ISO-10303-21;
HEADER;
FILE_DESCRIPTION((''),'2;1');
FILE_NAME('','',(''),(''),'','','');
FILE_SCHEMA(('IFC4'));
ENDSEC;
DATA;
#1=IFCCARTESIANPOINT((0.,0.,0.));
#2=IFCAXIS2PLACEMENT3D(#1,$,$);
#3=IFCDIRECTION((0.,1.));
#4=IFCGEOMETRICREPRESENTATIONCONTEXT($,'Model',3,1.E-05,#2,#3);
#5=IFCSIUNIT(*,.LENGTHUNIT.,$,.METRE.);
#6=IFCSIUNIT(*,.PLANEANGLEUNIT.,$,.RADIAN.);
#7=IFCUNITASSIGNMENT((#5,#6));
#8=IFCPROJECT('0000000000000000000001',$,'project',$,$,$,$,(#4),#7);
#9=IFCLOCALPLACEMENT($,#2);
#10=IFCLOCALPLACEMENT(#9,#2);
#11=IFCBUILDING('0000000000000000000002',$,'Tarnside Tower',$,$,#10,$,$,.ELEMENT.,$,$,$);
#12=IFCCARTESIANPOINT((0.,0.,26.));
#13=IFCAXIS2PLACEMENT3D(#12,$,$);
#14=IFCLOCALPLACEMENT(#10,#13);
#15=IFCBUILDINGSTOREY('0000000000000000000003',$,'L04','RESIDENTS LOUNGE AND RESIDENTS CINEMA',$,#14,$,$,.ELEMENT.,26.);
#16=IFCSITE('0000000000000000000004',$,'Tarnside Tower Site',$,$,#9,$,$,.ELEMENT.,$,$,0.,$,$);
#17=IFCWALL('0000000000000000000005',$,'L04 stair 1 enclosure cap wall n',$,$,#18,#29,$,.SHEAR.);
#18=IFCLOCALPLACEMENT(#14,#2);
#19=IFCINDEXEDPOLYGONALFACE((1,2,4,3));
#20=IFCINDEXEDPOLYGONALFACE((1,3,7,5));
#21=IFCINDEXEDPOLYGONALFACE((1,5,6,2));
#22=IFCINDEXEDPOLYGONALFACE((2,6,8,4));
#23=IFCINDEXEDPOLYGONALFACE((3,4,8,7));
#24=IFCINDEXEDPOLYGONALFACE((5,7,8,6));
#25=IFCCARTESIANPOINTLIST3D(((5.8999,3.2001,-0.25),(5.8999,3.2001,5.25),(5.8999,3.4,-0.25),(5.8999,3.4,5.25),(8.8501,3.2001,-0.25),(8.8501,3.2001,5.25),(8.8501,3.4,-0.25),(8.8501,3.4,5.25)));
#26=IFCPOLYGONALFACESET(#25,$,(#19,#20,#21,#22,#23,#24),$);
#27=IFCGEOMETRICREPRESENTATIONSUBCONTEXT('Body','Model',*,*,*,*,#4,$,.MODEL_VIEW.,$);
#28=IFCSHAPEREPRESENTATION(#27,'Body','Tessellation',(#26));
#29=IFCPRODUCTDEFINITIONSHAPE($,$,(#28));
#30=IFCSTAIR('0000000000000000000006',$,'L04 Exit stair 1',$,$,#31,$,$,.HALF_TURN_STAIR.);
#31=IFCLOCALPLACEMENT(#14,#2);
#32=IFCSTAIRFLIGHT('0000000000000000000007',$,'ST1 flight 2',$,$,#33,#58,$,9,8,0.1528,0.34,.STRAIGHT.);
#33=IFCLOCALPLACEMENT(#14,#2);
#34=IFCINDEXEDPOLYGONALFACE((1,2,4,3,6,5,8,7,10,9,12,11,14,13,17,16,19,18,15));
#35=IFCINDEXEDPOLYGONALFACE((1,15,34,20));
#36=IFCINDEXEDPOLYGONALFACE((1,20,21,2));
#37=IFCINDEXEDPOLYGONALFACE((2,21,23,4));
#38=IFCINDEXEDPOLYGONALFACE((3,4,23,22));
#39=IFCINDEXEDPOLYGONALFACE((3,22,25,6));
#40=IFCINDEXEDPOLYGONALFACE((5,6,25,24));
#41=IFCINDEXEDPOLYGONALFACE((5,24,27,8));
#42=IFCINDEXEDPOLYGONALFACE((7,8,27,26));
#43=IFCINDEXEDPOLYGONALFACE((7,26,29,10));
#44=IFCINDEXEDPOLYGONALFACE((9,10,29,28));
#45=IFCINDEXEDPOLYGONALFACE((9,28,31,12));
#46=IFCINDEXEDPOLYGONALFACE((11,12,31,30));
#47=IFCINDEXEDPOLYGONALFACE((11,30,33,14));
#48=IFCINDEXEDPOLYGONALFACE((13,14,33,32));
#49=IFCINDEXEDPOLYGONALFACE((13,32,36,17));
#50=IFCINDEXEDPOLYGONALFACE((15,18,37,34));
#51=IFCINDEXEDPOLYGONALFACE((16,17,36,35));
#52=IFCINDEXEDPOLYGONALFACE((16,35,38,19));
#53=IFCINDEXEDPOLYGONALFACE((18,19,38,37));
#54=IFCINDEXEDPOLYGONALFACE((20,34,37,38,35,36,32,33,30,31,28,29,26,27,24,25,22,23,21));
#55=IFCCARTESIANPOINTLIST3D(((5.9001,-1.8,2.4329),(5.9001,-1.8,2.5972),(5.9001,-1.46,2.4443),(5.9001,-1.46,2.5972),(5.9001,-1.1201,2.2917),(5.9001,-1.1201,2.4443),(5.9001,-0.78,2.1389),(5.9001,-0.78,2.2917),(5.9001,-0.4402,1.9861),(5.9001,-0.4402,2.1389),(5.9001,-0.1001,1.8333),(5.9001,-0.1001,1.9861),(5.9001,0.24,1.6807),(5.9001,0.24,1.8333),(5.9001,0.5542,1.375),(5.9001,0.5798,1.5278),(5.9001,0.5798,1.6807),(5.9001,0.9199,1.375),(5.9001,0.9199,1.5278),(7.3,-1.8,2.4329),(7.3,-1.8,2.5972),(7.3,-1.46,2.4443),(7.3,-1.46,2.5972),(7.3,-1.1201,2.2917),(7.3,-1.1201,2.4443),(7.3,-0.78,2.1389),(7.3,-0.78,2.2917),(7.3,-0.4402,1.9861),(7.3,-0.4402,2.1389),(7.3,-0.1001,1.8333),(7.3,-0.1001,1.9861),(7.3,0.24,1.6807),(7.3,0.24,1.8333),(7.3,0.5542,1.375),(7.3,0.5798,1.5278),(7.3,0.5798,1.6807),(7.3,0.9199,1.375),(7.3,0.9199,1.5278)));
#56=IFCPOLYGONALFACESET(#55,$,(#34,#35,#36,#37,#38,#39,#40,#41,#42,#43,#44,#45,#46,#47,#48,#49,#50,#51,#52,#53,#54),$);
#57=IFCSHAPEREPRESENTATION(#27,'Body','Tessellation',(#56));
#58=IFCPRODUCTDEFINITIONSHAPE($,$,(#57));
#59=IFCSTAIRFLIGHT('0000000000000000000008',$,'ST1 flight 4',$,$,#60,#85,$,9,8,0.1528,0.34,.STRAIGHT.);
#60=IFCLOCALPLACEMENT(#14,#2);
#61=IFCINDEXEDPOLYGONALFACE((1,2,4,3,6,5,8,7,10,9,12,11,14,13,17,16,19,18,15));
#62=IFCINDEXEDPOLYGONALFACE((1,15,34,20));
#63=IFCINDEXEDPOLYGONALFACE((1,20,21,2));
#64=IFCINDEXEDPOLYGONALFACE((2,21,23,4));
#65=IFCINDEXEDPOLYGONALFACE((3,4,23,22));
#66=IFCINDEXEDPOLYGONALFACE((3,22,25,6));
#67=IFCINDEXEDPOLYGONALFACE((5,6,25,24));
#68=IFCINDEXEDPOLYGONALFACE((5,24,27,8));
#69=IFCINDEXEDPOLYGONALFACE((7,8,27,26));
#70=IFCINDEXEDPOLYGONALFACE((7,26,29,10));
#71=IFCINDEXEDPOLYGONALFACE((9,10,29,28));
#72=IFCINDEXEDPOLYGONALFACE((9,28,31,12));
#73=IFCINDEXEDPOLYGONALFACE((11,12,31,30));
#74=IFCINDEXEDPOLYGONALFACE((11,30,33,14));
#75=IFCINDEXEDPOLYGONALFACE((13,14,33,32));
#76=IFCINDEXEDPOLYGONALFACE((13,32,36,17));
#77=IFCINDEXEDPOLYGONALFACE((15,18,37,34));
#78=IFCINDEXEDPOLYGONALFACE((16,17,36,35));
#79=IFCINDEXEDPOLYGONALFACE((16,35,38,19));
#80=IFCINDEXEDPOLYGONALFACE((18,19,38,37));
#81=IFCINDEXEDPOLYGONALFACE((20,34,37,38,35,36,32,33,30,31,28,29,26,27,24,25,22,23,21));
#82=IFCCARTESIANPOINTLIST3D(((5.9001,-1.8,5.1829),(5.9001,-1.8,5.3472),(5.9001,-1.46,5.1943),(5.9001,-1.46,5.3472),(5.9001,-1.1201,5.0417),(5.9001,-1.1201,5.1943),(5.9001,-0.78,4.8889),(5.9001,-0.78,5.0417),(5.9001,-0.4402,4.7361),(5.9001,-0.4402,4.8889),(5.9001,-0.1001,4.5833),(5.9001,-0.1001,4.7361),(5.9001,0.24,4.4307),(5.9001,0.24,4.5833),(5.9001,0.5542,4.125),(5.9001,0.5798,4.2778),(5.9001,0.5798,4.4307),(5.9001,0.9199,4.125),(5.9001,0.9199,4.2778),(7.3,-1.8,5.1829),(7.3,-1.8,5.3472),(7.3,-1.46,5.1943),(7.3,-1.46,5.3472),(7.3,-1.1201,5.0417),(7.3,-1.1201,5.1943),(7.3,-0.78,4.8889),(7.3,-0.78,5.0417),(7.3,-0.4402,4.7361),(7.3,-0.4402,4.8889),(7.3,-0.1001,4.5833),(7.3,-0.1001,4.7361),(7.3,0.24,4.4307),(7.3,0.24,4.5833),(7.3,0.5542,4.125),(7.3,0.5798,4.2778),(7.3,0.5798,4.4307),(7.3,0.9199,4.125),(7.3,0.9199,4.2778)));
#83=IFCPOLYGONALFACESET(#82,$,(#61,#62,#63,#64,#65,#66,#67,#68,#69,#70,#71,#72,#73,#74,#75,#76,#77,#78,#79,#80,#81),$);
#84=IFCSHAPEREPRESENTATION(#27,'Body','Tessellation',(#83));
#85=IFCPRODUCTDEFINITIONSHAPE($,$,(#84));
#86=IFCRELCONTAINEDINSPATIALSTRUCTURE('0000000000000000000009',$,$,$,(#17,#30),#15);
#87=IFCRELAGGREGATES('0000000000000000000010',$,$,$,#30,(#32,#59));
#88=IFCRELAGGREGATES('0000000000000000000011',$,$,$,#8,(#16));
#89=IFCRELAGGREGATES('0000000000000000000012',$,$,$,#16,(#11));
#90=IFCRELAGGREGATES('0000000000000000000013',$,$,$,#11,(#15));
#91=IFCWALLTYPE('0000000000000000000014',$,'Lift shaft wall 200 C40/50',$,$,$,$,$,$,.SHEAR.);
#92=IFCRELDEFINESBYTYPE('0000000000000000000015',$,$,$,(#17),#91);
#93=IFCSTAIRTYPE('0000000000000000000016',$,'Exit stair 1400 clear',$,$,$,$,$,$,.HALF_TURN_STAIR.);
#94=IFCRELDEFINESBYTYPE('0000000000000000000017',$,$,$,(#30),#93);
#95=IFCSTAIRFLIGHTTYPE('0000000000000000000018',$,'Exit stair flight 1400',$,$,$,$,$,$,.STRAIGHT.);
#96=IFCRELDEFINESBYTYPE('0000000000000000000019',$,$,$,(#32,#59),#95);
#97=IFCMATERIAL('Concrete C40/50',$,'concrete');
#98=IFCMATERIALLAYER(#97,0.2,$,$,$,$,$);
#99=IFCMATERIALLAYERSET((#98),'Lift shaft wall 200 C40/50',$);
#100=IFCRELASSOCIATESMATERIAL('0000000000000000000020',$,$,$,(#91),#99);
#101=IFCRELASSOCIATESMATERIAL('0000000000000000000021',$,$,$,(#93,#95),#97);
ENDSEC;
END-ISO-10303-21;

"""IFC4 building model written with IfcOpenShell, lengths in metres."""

from ifc_helpers import new_model, si_unit, direction, frame, frame_2d, origin, place, context, subcontext, project, spatial, polyline, rectangle, outline, extrude, material, layer, layer_set, type_object, element, aggregate, save


model = new_model("IFC4")

# Units and contexts
model_context = context("Model", 3, precision=1e-05, world=origin(), true_north=direction((0.0, 1.0)))
body_context = subcontext(model_context, "Body", "Model", "MODEL_VIEW")
ifc_project = project(units=[si_unit("LENGTHUNIT", "METRE"), si_unit("PLANEANGLEUNIT", "RADIAN")], contexts=[model_context])

# Site, building, storey
site_placement = place(None, origin())
site = spatial("IfcSite", under=ifc_project, at=site_placement, Name="Tarnside Tower Site", CompositionType="ELEMENT", RefElevation=0.0)
building_placement = place(site_placement, origin())
building = spatial("IfcBuilding", under=site, at=building_placement, Name="Tarnside Tower", CompositionType="ELEMENT")
storey_placement = place(building_placement, frame((0.0, 0.0, 26.0)))
storey = spatial("IfcBuildingStorey", under=building, at=storey_placement, Name="L04", Description="RESIDENTS LOUNGE AND RESIDENTS CINEMA", CompositionType="ELEMENT", Elevation=26.0)

# Shared definitions
ifc_material_1 = material(Name="Concrete C40/50", Category="concrete")

# Wall
ifc_layer_1 = layer(ifc_material_1, 0.2)
ifc_layer_set_1 = layer_set([ifc_layer_1], Name="Lift shaft wall 200 C40/50")
wall_type_1 = type_object("IfcWallType", Name="Lift shaft wall 200 C40/50", PredefinedType="SHEAR", material=ifc_layer_set_1)
wall_1_placement = place(storey_placement, frame((5.8999, 3.3, -0.25), z_axis=(0.0, 0.0, 1.0), x_axis=(1.0, 0.0, 0.0)))
element("IfcWall", 1, at=wall_1_placement, inside=storey, type_object=wall_type_1, Name="L04 stair 1 enclosure cap wall n", PredefinedType="SHEAR", context=body_context, shape_type="SweptSolid", body=[
    extrude(rectangle(XDim=2.9502, YDim=0.2, at=frame_2d((1.4751, 0.0))), origin(), (0.0, 0.0, 1.0), 5.5),
])

# Stair, stair flights
stair_type = type_object("IfcStairType", Name="Exit stair 1400 clear", PredefinedType="HALF_TURN_STAIR", material=ifc_material_1)
stair_placement = place(storey_placement, origin())
stair = element("IfcStair", 2, at=stair_placement, inside=storey, type_object=stair_type, Name="L04 Exit stair 1", PredefinedType="HALF_TURN_STAIR")
stair_flight_type = type_object("IfcStairFlightType", Name="Exit stair flight 1400", PredefinedType="STRAIGHT", material=ifc_material_1)
stair_flight_1_placement = place(storey_placement, frame((6.6001, 0.9199, 1.375), z_axis=(0.0, 0.0, 1.0), x_axis=(0.0, -1.0, 0.0)))
stair_flight_1 = element("IfcStairFlight", 3, at=stair_flight_1_placement, type_object=stair_flight_type, Name="ST1 flight 2", NumberOfRisers=9, NumberOfTreads=8, PredefinedType="STRAIGHT", RiserHeight=0.1528, TreadLength=0.34, context=body_context, shape_type="SweptSolid", body=[
    extrude(outline(polyline([(0.0, 0.0), (0.0, 0.1528), (0.3401, 0.1528), (0.3401, 0.3057), (0.6799, 0.3057), (0.6799, 0.4583), (1.02, 0.4583), (1.02, 0.6111), (1.3601, 0.6111), (1.3601, 0.7639), (1.7, 0.7639), (1.7, 0.9167), (2.04, 0.9167), (2.04, 1.0693), (2.3799, 1.0693), (2.3799, 1.2222), (2.72, 1.2222), (2.72, 1.375), (2.72, 1.0579), (0.3657, 0.0), (0.0, 0.0)])), frame((0.0, 0.7, 0.0), z_axis=(0.0, -1.0, 0.0), x_axis=(1.0, 0.0, 0.0)), (0.0, 0.0, 1.0), 1.3999),
])
stair_flight_2_placement = place(storey_placement, frame((6.6001, 0.9199, 4.125), z_axis=(0.0, 0.0, 1.0), x_axis=(0.0, -1.0, 0.0)))
stair_flight_2 = element("IfcStairFlight", 4, at=stair_flight_2_placement, type_object=stair_flight_type, Name="ST1 flight 4", NumberOfRisers=9, NumberOfTreads=8, PredefinedType="STRAIGHT", RiserHeight=0.1528, TreadLength=0.34, context=body_context, shape_type="SweptSolid", body=[
    extrude(outline(polyline([(0.0, 0.0), (0.0, 0.1528), (0.3401, 0.1528), (0.3401, 0.3057), (0.6799, 0.3057), (0.6799, 0.4583), (1.02, 0.4583), (1.02, 0.6111), (1.3601, 0.6111), (1.3601, 0.7639), (1.7, 0.7639), (1.7, 0.9167), (2.04, 0.9167), (2.04, 1.0693), (2.3799, 1.0693), (2.3799, 1.2222), (2.72, 1.2222), (2.72, 1.375), (2.72, 1.0579), (0.3657, 0.0), (0.0, 0.0)])), frame((0.0, 0.7, 0.0), z_axis=(0.0, -1.0, 0.0), x_axis=(1.0, 0.0, 0.0)), (0.0, 0.0, 1.0), 1.3999),
])
aggregate(stair, [stair_flight_1, stair_flight_2])

save(model, "model.ifc")
